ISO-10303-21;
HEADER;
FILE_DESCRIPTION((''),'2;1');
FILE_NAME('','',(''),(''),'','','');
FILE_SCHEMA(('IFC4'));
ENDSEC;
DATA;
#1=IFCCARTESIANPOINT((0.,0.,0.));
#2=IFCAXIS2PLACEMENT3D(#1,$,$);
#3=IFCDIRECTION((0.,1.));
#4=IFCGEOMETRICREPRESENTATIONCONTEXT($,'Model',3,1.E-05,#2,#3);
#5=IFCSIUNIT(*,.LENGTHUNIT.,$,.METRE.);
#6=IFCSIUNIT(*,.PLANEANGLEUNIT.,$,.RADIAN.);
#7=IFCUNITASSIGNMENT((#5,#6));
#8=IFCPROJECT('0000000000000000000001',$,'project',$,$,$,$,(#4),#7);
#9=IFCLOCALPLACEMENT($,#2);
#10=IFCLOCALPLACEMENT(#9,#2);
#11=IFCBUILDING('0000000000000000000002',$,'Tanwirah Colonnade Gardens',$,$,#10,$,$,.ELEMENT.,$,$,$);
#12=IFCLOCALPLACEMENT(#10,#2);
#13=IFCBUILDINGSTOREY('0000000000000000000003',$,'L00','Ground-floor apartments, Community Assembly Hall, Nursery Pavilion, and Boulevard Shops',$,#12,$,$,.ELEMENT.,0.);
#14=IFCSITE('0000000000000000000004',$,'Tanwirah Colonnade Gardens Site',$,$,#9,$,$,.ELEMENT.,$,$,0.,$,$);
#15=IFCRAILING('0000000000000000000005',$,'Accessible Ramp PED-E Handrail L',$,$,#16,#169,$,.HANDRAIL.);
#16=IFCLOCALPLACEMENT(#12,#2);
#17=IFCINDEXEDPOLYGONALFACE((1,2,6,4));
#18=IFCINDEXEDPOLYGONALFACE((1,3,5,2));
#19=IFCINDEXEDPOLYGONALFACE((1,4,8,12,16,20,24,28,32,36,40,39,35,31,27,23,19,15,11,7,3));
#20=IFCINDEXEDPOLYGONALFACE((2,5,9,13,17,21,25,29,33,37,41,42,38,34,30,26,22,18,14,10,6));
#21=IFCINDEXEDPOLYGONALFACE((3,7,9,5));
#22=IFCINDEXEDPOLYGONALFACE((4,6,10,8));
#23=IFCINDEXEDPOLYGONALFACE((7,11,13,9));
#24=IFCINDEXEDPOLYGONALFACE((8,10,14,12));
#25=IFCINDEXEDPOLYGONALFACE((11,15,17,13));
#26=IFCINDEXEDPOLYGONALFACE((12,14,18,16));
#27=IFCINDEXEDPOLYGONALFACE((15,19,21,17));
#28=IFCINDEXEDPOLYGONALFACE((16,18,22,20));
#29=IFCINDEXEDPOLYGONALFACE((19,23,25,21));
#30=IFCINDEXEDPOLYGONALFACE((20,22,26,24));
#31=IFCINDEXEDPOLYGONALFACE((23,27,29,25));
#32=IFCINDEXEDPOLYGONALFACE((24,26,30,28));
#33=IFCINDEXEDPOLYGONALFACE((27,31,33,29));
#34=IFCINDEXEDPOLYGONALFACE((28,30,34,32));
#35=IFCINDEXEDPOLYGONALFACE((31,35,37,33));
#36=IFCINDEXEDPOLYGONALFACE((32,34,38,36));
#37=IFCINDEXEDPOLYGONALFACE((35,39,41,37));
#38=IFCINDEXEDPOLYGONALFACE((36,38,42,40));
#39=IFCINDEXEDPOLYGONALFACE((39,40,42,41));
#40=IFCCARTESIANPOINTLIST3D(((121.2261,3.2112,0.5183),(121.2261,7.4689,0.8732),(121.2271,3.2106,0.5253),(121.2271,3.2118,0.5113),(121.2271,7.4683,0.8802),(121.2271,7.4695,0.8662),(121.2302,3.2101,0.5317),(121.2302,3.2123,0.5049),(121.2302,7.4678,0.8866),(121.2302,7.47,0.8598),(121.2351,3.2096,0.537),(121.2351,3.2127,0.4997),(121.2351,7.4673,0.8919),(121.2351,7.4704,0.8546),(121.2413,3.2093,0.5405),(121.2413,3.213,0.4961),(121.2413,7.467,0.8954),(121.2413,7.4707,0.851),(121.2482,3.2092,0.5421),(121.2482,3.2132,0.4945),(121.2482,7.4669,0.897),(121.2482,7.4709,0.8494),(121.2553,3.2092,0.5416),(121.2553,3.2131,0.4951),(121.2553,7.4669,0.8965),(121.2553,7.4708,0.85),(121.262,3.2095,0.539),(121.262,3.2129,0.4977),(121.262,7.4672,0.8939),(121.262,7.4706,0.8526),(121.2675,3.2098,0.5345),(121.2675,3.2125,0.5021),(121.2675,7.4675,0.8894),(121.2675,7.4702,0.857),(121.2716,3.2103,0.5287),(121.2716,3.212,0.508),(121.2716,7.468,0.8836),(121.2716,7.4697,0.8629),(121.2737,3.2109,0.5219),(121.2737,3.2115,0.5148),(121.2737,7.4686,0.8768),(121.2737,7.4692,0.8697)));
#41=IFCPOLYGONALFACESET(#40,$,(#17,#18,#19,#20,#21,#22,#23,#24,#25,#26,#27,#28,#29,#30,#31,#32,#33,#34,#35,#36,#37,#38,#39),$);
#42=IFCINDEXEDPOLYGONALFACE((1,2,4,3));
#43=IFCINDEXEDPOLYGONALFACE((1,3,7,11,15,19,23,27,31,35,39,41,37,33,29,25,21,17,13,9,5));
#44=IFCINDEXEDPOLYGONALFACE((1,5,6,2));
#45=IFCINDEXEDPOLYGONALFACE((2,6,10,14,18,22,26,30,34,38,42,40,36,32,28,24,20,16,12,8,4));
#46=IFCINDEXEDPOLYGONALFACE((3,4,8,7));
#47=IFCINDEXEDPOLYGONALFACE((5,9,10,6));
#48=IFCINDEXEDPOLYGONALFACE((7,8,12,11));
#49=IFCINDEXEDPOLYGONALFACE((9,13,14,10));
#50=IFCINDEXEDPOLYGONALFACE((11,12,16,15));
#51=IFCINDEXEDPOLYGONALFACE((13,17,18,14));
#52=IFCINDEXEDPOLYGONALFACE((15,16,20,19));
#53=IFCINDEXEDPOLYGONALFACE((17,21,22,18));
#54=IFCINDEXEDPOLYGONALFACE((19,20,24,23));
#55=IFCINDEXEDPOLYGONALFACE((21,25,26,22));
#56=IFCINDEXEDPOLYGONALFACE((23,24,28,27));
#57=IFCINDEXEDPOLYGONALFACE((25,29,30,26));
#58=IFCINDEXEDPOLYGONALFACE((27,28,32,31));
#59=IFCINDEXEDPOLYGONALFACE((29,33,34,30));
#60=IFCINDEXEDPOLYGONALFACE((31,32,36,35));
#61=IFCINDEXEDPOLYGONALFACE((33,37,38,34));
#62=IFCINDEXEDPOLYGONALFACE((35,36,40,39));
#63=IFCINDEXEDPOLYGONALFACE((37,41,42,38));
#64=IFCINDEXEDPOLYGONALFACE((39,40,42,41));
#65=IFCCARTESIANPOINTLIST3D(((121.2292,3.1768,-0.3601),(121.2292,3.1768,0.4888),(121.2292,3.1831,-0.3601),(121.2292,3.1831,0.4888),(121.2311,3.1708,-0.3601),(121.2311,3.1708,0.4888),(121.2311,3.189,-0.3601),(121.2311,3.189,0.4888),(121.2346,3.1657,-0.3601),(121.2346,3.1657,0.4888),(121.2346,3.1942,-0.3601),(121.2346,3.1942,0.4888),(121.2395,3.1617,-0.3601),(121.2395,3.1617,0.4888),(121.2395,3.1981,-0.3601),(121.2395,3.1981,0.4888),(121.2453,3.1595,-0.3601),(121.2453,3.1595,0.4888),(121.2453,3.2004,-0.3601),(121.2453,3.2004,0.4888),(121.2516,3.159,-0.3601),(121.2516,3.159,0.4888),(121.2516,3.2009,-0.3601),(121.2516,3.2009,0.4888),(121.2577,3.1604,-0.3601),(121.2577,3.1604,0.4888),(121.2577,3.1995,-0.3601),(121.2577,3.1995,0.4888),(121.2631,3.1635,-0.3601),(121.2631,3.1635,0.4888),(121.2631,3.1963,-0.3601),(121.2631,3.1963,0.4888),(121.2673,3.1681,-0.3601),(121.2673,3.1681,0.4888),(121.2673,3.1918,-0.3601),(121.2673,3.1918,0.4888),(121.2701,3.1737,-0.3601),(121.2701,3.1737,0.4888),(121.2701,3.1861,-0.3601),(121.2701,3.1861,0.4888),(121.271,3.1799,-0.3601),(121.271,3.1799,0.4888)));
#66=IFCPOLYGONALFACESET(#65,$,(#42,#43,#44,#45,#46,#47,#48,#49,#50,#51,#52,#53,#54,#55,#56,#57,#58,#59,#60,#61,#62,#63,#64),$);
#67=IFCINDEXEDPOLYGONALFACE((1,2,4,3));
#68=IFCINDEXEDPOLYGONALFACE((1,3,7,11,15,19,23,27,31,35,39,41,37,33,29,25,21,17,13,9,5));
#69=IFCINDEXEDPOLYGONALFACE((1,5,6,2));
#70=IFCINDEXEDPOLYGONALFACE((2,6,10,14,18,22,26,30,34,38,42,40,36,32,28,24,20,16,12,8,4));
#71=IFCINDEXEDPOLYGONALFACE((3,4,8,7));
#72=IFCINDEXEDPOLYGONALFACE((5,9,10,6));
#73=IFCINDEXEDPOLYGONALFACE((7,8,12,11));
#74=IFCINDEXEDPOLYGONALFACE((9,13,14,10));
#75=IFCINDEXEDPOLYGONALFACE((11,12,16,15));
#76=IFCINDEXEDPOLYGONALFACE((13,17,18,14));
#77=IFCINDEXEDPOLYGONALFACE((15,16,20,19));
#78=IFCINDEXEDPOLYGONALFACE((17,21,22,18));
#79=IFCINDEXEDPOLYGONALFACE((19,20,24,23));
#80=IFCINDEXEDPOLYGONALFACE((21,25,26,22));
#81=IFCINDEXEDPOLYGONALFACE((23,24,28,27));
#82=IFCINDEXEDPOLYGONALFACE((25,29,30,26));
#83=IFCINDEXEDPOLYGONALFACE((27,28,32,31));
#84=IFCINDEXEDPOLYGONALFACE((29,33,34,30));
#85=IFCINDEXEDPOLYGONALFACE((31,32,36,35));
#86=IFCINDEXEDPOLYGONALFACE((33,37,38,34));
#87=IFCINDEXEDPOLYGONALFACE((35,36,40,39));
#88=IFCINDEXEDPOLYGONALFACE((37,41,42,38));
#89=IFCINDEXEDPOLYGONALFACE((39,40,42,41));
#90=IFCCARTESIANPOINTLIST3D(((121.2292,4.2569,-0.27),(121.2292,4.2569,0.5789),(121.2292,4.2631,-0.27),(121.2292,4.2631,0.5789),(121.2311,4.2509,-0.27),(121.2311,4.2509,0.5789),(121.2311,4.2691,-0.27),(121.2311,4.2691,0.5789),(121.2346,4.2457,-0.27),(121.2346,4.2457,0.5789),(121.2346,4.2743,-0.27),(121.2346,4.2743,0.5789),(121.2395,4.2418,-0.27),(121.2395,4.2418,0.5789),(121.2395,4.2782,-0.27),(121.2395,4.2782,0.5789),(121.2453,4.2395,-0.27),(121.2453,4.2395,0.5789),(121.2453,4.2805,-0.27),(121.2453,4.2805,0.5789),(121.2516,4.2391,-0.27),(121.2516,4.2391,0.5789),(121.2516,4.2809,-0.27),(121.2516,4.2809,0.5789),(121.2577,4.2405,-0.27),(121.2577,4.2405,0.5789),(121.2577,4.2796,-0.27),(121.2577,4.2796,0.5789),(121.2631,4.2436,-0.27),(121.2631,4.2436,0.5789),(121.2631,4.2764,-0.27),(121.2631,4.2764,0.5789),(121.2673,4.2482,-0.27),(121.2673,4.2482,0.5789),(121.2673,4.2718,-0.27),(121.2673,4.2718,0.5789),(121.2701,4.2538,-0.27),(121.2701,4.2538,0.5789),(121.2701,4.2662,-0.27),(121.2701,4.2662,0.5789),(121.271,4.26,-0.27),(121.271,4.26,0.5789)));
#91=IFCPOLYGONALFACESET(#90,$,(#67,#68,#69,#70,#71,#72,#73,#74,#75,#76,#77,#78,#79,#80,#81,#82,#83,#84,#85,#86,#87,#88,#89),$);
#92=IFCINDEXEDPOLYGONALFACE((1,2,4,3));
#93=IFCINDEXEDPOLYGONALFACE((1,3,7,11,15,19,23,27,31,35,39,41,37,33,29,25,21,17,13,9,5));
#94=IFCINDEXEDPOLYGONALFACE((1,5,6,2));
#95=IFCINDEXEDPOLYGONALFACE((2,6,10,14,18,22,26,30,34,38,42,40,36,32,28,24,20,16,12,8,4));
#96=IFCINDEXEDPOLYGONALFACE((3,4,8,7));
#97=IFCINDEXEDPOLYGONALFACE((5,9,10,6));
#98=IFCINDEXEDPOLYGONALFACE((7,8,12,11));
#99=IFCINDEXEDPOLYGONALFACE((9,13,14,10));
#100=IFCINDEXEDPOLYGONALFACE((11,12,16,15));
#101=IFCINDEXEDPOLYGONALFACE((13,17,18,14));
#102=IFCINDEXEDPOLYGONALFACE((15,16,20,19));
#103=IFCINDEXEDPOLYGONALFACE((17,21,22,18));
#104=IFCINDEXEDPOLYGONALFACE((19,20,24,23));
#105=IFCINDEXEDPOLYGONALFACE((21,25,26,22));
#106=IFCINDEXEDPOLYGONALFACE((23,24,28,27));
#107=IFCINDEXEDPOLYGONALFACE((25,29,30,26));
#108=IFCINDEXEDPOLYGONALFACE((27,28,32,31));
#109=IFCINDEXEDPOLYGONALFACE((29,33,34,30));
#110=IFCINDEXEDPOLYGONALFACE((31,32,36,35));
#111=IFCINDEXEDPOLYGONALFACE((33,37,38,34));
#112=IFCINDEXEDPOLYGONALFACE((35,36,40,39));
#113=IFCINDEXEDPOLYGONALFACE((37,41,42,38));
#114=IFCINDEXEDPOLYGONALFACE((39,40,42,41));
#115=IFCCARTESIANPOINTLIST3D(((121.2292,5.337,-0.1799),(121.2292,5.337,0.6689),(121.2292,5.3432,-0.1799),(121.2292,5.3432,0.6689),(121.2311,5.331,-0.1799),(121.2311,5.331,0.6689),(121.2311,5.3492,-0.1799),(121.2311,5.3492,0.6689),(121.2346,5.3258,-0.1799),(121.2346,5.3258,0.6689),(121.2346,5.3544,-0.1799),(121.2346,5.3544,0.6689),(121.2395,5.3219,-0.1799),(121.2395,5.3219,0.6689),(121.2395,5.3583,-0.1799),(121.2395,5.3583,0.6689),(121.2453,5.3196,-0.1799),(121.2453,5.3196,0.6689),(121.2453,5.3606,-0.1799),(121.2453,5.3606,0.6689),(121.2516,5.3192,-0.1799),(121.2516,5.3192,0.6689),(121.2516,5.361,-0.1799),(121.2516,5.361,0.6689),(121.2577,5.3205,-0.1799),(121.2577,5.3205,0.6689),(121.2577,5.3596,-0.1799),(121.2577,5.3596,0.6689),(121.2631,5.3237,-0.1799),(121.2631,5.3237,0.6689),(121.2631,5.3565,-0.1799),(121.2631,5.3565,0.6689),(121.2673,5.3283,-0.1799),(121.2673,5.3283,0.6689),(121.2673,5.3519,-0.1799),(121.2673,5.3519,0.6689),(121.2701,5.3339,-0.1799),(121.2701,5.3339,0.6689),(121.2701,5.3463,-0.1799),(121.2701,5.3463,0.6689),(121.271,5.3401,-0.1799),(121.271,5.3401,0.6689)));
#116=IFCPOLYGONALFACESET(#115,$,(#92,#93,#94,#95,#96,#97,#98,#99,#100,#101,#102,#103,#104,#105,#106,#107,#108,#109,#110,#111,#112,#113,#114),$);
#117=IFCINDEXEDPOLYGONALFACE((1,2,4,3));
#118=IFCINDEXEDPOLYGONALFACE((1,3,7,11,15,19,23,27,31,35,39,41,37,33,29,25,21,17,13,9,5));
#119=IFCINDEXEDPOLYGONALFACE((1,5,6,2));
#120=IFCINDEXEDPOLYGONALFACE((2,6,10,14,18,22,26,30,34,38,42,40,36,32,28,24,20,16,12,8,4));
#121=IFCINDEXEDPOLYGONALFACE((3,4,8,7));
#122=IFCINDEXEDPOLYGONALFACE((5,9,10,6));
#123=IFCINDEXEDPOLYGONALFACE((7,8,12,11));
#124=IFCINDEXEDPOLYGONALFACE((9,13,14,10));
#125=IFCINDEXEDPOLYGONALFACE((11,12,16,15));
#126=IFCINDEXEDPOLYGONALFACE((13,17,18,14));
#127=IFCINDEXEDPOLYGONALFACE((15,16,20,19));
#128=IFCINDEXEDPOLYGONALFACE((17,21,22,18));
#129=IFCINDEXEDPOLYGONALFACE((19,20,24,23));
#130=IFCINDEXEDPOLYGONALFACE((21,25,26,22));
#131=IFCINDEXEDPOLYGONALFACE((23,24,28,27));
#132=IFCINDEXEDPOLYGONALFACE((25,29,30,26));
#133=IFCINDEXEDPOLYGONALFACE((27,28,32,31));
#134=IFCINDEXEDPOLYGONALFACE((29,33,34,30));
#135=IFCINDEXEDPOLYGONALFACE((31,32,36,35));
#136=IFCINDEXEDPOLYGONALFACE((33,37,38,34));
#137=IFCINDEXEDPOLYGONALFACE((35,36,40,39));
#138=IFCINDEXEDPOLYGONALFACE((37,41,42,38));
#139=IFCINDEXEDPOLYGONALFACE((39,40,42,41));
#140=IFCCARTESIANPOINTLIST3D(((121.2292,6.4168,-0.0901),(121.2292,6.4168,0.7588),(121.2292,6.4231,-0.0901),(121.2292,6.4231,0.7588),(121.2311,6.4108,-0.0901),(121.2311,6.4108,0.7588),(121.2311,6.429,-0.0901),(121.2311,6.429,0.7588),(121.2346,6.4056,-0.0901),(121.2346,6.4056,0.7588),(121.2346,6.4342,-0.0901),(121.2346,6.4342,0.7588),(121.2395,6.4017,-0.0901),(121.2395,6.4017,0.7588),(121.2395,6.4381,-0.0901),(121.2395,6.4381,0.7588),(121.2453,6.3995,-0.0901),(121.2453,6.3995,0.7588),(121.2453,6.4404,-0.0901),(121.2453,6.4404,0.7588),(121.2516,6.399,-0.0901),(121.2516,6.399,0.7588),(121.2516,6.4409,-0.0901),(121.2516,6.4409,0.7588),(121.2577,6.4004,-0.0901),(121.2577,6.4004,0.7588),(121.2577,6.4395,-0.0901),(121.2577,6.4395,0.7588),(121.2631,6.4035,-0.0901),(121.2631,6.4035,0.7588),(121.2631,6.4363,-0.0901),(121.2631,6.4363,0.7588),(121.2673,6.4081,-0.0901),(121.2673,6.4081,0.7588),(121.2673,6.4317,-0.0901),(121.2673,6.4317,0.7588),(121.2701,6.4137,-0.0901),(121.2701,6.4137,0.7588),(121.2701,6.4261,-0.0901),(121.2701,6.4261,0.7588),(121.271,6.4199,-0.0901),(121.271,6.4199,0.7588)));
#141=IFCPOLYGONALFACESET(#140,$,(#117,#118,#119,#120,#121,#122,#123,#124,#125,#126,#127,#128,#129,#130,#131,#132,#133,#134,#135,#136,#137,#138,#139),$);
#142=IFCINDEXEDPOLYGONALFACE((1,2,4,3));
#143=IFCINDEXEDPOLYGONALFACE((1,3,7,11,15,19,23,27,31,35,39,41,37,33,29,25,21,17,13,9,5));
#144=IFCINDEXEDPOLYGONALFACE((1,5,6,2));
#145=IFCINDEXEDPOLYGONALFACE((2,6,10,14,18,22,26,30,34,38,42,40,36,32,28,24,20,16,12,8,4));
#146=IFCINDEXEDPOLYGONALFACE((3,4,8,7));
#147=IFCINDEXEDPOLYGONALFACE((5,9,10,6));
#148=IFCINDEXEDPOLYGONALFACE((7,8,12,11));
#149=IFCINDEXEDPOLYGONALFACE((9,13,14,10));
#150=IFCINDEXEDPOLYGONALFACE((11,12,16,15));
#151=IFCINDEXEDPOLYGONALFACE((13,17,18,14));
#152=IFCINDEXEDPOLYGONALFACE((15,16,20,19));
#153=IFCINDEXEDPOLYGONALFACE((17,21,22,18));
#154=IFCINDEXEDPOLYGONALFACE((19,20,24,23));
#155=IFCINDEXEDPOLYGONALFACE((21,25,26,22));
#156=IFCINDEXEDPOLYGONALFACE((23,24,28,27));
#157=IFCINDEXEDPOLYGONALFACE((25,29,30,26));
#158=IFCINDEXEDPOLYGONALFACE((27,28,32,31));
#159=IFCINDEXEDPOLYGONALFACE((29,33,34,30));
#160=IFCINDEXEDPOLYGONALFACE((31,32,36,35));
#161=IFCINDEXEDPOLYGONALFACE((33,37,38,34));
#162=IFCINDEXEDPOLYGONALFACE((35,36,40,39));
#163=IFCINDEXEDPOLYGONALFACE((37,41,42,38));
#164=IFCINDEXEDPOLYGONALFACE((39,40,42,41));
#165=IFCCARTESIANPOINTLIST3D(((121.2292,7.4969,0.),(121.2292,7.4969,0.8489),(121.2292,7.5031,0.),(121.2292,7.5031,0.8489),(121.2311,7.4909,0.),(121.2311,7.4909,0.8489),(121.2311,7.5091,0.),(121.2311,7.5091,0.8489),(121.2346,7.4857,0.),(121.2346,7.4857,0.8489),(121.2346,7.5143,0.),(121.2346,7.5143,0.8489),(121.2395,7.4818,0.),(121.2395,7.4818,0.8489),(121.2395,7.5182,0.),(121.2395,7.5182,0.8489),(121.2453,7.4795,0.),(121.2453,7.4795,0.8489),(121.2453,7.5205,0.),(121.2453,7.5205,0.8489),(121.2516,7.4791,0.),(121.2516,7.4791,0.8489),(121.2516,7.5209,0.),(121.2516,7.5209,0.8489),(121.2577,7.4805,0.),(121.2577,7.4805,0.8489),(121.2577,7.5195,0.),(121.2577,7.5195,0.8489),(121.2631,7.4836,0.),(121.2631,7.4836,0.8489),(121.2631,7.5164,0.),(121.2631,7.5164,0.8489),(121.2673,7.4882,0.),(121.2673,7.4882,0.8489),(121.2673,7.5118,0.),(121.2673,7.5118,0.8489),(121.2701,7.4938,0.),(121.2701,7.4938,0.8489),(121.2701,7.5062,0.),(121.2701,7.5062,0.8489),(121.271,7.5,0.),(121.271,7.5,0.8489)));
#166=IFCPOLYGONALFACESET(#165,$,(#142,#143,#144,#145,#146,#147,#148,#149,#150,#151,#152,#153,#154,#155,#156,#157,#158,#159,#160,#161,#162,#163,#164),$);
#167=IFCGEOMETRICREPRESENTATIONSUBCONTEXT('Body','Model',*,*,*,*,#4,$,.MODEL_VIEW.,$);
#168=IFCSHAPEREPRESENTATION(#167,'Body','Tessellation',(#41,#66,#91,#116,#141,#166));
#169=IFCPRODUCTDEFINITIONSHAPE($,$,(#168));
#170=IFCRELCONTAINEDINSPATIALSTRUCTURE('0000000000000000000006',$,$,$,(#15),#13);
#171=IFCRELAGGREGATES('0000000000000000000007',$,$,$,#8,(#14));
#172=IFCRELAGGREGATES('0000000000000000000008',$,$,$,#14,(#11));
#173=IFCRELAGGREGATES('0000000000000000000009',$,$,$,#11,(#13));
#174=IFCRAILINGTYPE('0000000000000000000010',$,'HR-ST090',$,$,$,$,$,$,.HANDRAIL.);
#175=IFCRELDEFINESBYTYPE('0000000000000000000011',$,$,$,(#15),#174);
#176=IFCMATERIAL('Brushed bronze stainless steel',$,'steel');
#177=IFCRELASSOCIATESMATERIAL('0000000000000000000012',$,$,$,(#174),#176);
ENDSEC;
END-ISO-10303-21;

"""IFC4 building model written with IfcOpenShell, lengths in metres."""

from ifc_helpers import new_model, si_unit, direction, frame, origin, origin_2d, place, context, subcontext, project, spatial, circle, extrude, material, type_object, element, save


model = new_model("IFC4")

# Units and contexts
model_context = context("Model", 3, precision=1e-05, world=origin(), true_north=direction((0.0, 1.0)))
body_context = subcontext(model_context, "Body", "Model", "MODEL_VIEW")
ifc_project = project(units=[si_unit("LENGTHUNIT", "METRE"), si_unit("PLANEANGLEUNIT", "RADIAN")], contexts=[model_context])

# Site, building, storey
site_placement = place(None, origin())
site = spatial("IfcSite", under=ifc_project, at=site_placement, Name="Tanwirah Colonnade Gardens Site", CompositionType="ELEMENT", RefElevation=0.0)
building_placement = place(site_placement, origin())
building = spatial("IfcBuilding", under=site, at=building_placement, Name="Tanwirah Colonnade Gardens", CompositionType="ELEMENT")
storey_placement = place(building_placement, origin())
storey = spatial("IfcBuildingStorey", under=building, at=storey_placement, Name="L00", Description="Ground-floor apartments, Community Assembly Hall, Nursery Pavilion, and Boulevard Shops", CompositionType="ELEMENT", Elevation=0.0)

# Railing
ifc_material_1 = material(Name="Brushed bronze stainless steel", Category="steel")
railing_type = type_object("IfcRailingType", Name="HR-ST090", PredefinedType="HANDRAIL", material=ifc_material_1)
railing_placement = place(storey_placement, frame((121.25, 3.1799, -0.3601)))
element("IfcRailing", 1, at=railing_placement, inside=storey, type_object=railing_type, Name="Accessible Ramp PED-E Handrail L", PredefinedType="HANDRAIL", context=body_context, shape_type="SweptSolid", body=[
    extrude(circle(Radius=0.0239, at=origin_2d()), frame((0.0, 0.0312, 0.8784), z_axis=(0.0, 0.996544, 0.083069), x_axis=(-1.0, 0.0, 0.0)), (0.0, 0.0, 1.0), 4.2725),
    extrude(circle(Radius=0.021, at=origin_2d()), origin(), (0.0, 0.0, 1.0), 0.8489),
    extrude(circle(Radius=0.021, at=origin_2d()), frame((0.0, 1.0801, 0.0901)), (0.0, 0.0, 1.0), 0.8489),
    extrude(circle(Radius=0.021, at=origin_2d()), frame((0.0, 2.1602, 0.1802)), (0.0, 0.0, 1.0), 0.8489),
    extrude(circle(Radius=0.021, at=origin_2d()), frame((0.0, 3.24, 0.27)), (0.0, 0.0, 1.0), 0.8489),
    extrude(circle(Radius=0.021, at=origin_2d()), frame((0.0, 4.3201, 0.3601)), (0.0, 0.0, 1.0), 0.8489),
])

save(model, "model.ifc")
